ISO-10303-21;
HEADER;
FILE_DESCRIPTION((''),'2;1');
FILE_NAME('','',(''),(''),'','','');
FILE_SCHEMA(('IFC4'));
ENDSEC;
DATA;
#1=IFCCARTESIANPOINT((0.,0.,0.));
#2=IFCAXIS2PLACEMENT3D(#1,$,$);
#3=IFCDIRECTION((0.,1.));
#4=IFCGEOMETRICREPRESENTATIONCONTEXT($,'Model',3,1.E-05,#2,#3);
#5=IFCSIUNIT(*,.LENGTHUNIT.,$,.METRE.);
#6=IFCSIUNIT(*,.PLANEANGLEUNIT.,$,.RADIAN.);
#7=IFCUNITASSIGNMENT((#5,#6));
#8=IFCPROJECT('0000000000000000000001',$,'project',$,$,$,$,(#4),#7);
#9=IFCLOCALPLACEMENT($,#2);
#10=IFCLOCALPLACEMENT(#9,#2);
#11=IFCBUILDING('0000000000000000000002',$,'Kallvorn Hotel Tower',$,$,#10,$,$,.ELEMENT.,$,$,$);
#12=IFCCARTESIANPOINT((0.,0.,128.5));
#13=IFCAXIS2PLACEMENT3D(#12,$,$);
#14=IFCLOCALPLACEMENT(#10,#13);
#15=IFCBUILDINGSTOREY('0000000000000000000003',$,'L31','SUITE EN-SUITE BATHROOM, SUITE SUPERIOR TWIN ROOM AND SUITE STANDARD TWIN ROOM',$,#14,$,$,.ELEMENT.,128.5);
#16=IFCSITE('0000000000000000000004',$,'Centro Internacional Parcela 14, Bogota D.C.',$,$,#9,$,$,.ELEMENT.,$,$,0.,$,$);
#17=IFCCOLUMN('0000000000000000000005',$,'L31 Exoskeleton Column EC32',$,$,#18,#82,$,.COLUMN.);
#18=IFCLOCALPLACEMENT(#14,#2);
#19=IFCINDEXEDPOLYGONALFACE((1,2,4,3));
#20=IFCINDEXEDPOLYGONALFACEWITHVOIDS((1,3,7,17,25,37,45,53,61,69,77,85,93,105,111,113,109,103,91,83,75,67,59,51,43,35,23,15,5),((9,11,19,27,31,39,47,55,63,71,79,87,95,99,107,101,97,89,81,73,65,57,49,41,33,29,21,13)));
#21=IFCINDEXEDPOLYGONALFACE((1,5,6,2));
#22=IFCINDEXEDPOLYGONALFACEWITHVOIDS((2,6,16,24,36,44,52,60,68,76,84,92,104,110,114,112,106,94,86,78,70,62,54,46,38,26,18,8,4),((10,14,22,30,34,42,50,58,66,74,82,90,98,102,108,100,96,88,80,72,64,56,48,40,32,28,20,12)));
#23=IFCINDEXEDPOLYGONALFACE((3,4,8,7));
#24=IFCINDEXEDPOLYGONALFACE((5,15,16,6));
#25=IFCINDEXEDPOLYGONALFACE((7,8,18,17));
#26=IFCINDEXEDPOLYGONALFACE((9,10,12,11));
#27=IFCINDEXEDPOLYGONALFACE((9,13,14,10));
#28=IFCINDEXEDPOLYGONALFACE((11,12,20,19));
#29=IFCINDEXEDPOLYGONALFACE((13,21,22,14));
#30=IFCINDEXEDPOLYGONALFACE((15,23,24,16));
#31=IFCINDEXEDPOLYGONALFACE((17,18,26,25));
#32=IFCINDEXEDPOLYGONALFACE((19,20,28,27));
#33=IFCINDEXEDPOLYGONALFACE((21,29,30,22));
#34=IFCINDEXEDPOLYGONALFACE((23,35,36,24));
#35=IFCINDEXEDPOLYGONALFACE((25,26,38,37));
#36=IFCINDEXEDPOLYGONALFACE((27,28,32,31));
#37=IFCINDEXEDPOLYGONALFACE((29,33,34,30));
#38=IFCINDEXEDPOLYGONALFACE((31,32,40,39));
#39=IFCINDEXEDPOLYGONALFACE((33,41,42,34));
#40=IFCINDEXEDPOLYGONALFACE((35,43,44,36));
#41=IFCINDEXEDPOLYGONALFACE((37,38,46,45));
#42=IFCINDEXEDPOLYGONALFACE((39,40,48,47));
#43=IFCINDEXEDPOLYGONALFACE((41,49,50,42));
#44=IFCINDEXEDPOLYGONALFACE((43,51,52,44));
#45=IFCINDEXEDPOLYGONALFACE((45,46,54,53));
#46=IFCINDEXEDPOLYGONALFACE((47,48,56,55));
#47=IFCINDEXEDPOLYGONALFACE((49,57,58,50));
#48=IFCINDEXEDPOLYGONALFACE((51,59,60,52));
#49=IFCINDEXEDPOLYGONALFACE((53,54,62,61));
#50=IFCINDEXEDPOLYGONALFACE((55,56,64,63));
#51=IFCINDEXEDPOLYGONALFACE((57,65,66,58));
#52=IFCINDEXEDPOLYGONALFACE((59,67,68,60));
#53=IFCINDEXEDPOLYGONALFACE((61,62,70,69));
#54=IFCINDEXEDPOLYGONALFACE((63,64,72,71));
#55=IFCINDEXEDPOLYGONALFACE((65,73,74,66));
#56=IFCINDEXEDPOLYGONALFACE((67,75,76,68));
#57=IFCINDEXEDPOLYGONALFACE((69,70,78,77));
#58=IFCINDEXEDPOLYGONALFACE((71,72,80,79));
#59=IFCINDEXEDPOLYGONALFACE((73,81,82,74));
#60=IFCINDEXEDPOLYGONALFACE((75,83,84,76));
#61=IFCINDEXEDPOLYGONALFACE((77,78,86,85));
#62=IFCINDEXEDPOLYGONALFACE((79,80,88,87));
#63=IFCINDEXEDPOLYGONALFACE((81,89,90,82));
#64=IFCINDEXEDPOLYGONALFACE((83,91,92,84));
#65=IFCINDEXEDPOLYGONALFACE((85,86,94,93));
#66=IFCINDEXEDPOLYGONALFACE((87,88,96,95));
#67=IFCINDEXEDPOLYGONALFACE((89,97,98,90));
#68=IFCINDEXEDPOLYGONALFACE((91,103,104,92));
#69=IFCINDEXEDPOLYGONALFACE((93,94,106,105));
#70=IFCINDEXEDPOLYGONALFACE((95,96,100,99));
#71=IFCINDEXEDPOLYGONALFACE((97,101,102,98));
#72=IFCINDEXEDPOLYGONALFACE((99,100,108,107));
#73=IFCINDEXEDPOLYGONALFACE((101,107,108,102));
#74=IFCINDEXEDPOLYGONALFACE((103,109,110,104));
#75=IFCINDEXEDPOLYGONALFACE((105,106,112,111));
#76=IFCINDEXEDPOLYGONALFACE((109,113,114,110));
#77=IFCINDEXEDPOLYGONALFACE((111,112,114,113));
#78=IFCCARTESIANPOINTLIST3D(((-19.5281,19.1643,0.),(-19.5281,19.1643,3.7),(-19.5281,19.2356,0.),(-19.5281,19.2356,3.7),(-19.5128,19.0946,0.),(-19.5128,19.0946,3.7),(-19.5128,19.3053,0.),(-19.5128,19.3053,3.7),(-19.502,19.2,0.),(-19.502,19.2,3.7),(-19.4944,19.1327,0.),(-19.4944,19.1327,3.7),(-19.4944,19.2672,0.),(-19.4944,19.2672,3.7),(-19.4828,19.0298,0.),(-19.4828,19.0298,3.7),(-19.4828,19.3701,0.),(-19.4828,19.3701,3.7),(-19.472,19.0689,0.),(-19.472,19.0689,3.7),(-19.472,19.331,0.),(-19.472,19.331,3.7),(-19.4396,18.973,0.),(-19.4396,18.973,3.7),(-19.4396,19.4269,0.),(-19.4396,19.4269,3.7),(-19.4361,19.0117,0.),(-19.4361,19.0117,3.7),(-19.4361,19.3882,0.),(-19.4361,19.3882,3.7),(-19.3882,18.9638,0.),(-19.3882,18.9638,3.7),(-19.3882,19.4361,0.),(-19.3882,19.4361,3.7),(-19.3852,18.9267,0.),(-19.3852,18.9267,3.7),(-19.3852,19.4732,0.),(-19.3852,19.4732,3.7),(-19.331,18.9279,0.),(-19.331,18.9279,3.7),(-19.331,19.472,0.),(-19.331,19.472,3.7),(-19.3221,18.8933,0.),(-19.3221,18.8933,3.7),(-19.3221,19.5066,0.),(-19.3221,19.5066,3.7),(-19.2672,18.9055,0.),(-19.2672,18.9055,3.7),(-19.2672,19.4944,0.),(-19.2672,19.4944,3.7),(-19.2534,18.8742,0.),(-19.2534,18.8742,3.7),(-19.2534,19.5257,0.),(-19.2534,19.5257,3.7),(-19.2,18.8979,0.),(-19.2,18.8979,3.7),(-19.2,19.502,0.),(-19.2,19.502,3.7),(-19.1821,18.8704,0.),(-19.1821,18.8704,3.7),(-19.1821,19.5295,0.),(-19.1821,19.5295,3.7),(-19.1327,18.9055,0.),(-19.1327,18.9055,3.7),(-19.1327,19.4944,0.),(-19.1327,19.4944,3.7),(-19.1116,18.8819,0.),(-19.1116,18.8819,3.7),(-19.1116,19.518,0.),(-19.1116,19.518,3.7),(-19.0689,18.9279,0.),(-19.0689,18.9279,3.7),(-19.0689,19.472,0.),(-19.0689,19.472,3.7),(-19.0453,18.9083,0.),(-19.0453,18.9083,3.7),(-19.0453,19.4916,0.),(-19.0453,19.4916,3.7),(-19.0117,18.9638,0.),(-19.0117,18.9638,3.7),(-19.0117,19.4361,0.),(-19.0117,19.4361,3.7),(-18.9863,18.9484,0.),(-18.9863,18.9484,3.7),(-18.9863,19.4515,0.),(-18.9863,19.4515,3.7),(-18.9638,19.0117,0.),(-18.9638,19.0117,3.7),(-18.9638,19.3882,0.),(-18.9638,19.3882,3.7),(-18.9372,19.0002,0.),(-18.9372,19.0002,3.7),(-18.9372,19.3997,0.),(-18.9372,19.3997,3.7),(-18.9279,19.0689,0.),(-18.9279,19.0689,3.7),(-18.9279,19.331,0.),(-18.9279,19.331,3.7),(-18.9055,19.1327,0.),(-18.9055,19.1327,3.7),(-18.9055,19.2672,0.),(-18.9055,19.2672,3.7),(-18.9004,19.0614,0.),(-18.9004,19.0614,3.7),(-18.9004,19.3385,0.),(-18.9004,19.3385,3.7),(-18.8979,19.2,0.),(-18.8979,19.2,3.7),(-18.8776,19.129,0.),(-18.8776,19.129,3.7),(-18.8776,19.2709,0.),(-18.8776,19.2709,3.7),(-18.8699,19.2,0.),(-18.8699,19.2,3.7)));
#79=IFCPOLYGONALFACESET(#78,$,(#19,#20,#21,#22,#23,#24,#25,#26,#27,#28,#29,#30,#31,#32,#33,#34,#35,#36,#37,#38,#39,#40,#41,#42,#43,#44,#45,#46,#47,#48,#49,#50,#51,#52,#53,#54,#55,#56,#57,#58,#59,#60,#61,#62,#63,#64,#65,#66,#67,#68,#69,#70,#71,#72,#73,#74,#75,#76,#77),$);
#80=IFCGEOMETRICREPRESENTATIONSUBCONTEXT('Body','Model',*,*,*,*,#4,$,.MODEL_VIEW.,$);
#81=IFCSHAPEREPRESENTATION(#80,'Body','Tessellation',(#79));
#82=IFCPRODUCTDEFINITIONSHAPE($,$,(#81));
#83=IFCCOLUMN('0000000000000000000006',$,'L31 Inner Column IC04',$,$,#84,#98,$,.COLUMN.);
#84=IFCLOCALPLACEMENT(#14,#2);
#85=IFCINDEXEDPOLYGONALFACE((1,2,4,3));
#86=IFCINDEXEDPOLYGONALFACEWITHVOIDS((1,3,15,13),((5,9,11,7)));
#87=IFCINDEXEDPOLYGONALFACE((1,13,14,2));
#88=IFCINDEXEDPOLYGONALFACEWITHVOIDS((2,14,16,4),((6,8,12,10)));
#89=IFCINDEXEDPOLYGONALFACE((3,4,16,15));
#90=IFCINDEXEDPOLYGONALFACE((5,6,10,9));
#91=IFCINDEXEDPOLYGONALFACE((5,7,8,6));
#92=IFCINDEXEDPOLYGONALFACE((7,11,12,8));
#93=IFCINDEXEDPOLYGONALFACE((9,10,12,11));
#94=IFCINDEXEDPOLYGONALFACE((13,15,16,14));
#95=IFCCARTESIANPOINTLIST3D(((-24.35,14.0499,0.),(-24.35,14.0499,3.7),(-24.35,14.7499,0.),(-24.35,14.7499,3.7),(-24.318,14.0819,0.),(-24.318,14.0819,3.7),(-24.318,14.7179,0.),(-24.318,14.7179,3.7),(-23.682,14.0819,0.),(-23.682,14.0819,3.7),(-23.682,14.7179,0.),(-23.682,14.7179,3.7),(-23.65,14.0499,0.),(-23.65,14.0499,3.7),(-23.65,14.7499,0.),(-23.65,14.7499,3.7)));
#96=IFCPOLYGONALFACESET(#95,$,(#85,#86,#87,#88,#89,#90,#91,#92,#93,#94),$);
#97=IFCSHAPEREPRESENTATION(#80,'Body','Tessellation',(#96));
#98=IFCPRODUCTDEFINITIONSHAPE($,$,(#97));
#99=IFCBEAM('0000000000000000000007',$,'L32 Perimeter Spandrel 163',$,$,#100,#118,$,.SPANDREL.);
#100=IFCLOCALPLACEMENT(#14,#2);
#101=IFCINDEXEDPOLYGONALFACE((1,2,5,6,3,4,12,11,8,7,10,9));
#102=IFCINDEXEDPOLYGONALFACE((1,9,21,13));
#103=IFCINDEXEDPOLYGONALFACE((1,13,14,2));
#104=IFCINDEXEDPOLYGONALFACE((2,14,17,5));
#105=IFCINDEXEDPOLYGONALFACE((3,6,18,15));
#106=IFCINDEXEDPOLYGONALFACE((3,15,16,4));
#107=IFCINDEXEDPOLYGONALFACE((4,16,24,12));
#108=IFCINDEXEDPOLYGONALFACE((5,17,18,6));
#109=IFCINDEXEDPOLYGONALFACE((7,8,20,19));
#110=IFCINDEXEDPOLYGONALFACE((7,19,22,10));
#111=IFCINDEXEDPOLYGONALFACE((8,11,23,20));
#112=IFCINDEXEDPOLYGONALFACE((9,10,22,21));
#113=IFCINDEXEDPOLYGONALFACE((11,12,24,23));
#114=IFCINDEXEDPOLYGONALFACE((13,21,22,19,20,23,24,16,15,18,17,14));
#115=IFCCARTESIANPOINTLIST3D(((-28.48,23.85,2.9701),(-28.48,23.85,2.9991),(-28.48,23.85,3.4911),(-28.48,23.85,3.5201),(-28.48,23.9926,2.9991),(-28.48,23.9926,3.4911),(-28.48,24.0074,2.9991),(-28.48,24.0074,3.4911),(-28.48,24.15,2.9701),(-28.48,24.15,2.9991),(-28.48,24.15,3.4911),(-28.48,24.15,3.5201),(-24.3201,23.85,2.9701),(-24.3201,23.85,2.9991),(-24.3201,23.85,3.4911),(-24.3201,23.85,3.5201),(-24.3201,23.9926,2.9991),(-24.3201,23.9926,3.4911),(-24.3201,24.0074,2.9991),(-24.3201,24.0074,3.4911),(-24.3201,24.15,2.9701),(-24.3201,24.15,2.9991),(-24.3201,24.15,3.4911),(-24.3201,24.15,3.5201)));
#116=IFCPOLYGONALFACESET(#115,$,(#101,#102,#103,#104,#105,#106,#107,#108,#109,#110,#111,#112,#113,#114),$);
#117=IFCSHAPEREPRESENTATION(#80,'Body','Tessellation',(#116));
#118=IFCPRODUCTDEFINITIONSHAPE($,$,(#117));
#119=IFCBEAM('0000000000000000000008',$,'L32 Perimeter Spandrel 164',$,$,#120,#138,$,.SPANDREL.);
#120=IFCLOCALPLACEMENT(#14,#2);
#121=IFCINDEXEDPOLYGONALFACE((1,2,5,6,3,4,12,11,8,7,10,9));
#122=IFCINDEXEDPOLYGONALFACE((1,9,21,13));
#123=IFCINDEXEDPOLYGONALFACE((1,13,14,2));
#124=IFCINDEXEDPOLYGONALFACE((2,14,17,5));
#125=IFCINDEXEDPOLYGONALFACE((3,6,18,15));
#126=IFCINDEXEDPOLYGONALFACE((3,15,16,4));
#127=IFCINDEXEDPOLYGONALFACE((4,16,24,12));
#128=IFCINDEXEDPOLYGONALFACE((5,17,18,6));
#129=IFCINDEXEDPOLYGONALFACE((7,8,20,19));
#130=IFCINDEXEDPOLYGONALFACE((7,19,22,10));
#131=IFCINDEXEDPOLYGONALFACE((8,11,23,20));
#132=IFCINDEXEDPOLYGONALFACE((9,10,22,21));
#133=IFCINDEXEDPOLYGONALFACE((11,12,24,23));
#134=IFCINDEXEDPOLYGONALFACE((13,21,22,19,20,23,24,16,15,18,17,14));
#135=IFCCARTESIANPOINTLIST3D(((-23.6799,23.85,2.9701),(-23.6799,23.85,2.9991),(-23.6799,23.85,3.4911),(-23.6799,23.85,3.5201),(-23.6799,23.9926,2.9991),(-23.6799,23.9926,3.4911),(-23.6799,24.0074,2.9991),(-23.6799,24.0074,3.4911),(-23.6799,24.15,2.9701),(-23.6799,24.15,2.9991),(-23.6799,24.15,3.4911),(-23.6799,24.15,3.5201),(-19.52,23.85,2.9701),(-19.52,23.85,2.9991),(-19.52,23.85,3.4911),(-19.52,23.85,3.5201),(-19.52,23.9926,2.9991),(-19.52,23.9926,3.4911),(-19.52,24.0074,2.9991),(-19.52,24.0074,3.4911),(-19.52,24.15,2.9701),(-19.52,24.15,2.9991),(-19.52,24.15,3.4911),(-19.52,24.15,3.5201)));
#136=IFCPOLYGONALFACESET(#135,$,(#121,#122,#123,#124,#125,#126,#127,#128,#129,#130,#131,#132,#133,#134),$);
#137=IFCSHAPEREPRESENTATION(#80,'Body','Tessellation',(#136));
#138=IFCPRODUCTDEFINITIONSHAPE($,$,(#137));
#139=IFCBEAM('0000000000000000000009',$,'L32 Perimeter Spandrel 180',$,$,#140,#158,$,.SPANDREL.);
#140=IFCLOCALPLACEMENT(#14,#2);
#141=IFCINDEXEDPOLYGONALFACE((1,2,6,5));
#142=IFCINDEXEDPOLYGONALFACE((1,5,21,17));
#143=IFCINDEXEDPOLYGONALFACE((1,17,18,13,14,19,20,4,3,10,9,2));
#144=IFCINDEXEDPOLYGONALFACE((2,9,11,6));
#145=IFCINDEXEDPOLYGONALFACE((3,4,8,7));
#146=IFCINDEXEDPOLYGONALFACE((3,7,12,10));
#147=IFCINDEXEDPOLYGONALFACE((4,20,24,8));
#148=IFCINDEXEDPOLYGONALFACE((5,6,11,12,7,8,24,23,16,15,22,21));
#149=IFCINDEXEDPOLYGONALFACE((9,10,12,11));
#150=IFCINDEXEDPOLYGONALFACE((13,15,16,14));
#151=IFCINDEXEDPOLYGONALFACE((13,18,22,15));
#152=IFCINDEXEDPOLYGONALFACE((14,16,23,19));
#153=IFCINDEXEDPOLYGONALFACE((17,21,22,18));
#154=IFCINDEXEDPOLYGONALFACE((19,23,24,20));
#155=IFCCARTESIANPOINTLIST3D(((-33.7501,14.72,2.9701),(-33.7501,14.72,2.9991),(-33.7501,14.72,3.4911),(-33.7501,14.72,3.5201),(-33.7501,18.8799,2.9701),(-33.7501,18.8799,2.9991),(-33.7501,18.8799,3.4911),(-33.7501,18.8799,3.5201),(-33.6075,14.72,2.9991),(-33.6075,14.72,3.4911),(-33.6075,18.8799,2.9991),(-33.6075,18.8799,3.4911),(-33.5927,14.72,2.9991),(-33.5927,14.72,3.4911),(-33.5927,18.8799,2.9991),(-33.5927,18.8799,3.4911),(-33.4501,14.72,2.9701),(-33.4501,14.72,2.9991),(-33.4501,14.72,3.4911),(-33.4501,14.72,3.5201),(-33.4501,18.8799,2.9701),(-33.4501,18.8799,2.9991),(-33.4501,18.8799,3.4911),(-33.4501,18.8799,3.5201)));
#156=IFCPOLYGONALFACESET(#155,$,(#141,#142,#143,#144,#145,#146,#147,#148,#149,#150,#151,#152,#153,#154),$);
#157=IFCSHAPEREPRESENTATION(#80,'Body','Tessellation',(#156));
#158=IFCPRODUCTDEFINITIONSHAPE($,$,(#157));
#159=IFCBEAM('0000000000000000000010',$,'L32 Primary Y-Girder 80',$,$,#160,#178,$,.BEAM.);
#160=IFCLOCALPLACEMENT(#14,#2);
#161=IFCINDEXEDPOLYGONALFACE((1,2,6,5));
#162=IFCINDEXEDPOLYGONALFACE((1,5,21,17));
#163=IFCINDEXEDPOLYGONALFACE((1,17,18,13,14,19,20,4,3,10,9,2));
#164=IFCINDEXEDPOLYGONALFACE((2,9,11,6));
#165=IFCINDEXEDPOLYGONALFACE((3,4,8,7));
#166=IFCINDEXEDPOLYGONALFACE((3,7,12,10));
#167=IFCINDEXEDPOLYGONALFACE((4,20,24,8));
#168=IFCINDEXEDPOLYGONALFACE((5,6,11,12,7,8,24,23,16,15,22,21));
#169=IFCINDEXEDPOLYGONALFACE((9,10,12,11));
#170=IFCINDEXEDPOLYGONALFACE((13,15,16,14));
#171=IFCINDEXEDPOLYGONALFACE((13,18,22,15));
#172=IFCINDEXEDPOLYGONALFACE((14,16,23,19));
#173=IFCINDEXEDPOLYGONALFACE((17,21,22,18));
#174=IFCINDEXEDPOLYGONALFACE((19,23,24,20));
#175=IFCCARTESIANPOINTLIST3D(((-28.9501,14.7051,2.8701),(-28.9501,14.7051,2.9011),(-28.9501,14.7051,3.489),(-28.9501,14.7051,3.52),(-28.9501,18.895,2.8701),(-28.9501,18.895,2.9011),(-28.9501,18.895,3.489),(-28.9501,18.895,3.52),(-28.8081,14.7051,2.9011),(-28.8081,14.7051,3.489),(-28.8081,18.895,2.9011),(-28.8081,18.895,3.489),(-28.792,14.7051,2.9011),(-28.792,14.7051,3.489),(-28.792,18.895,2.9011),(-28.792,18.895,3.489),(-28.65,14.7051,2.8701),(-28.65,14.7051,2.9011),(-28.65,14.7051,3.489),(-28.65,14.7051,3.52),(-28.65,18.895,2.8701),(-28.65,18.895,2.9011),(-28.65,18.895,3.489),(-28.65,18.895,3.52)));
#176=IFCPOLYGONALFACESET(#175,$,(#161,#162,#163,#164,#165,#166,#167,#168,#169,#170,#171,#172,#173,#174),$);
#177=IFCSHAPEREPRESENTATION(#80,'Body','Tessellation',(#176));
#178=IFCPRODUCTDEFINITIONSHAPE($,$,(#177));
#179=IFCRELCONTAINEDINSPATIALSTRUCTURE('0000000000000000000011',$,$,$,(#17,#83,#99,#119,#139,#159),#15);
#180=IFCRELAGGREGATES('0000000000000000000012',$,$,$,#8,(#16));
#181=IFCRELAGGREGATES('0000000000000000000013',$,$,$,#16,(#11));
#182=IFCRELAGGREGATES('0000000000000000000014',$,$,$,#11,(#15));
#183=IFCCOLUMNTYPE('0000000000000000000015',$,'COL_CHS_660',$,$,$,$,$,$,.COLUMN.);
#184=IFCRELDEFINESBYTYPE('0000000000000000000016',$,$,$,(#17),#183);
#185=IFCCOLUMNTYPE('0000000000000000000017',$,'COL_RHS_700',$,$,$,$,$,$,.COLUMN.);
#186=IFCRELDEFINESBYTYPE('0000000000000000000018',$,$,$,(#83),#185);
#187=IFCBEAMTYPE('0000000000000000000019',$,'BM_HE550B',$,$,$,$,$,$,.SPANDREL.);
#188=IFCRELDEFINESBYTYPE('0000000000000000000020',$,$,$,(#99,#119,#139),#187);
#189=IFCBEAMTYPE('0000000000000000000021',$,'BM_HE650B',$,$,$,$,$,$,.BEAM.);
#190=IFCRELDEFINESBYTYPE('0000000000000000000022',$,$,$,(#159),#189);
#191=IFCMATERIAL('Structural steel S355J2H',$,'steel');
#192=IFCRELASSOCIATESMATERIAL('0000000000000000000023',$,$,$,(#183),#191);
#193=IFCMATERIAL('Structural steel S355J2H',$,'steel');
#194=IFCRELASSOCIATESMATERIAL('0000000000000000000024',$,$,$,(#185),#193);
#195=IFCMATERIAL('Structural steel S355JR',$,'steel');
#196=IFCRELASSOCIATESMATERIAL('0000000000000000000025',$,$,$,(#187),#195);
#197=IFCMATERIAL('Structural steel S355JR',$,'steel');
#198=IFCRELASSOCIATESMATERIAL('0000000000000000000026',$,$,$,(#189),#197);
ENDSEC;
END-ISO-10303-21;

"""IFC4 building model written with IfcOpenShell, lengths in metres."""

from ifc_helpers import new_model, si_unit, direction, frame, origin, origin_2d, place, context, subcontext, project, spatial, hollow_rectangle, hollow_circle, i_section, extrude, material, material_profile, profile_set, type_object, element, save


model = new_model("IFC4")

# Units and contexts
model_context = context("Model", 3, precision=1e-05, world=origin(), true_north=direction((0.0, 1.0)))
body_context = subcontext(model_context, "Body", "Model", "MODEL_VIEW")
ifc_project = project(units=[si_unit("LENGTHUNIT", "METRE"), si_unit("PLANEANGLEUNIT", "RADIAN")], contexts=[model_context])

# Site, building, storey
site_placement = place(None, origin())
site = spatial("IfcSite", under=ifc_project, at=site_placement, Name="Centro Internacional Parcela 14, Bogota D.C.", CompositionType="ELEMENT", RefElevation=0.0)
building_placement = place(site_placement, origin())
building = spatial("IfcBuilding", under=site, at=building_placement, Name="Kallvorn Hotel Tower", CompositionType="ELEMENT")
storey_placement = place(building_placement, frame((0.0, 0.0, 128.5)))
storey = spatial("IfcBuildingStorey", under=building, at=storey_placement, Name="L31", Description="SUITE EN-SUITE BATHROOM, SUITE SUPERIOR TWIN ROOM AND SUITE STANDARD TWIN ROOM", CompositionType="ELEMENT", Elevation=128.5)

# Columns
ifc_material_1 = material(Name="Structural steel S355J2H", Category="steel")
ifc_material_profile_1 = material_profile(ifc_material_1, hollow_circle(Radius=0.3301, WallThickness=0.0281, at=origin_2d()), Name="CHS 660x28")
ifc_profile_set_1 = profile_set([ifc_material_profile_1], Name="Structural steel S355J2H")
column_type_1 = type_object("IfcColumnType", Name="COL_CHS_660", PredefinedType="COLUMN", material=ifc_profile_set_1)
for number, where, z_axis, x_axis, name in (
    (1, (-19.2, 19.2, 0.0), (0.0, 0.0, 1.0), (1.0, 0.0, 0.0), "L31 Exoskeleton Column EC32"),
):
    element("IfcColumn", number, at=place(storey_placement, frame(where, z_axis=z_axis, x_axis=x_axis)), inside=storey, type_object=column_type_1, Name=name, PredefinedType="COLUMN", context=body_context, shape_type="SweptSolid", body=[
        extrude(hollow_circle(Radius=0.3301, WallThickness=0.0281, at=origin_2d()), origin(), (0.0, 0.0, 1.0), 3.7),
    ])
ifc_material_2 = material(Name="Structural steel S355J2H", Category="steel")
ifc_material_profile_2 = material_profile(ifc_material_2, hollow_rectangle(XDim=0.7, YDim=0.7, WallThickness=0.032, at=origin_2d()), Name="RHS 700x700x32")
ifc_profile_set_2 = profile_set([ifc_material_profile_2], Name="Structural steel S355J2H")
column_type_2 = type_object("IfcColumnType", Name="COL_RHS_700", PredefinedType="COLUMN", material=ifc_profile_set_2)
column_placement = place(storey_placement, frame((-24.0, 14.3999, 0.0), z_axis=(0.0, 0.0, 1.0), x_axis=(1.0, 0.0, 0.0)))
element("IfcColumn", 2, at=column_placement, inside=storey, type_object=column_type_2, Name="L31 Inner Column IC04", PredefinedType="COLUMN", context=body_context, shape_type="SweptSolid", body=[
    extrude(hollow_rectangle(XDim=0.7, YDim=0.7, WallThickness=0.032, at=origin_2d()), origin(), (0.0, 0.0, 1.0), 3.7),
])

# Beams
ifc_material_3 = material(Name="Structural steel S355JR", Category="steel")
ifc_material_profile_3 = material_profile(ifc_material_3, i_section(OverallWidth=0.3, OverallDepth=0.55, WebThickness=0.0149, FlangeThickness=0.0291, at=origin_2d()), Name="HE 550 B")
ifc_profile_set_3 = profile_set([ifc_material_profile_3], Name="Structural steel S355JR")
beam_type_1 = type_object("IfcBeamType", Name="BM_HE550B", PredefinedType="SPANDREL", material=ifc_profile_set_3)
for number, where, z_axis, x_axis, name in (
    (3, (-28.48, 24.0, 3.2451), (1.0, 0.0, 0.0), (0.0, 1.0, 0.0), "L32 Perimeter Spandrel 163"),
    (4, (-23.6799, 24.0, 3.2451), (1.0, 0.0, 0.0), (0.0, 1.0, 0.0), "L32 Perimeter Spandrel 164"),
    (5, (-33.6001, 14.72, 3.2451), (0.0, 1.0, 0.0), (-1.0, 0.0, 0.0), "L32 Perimeter Spandrel 180"),
):
    element("IfcBeam", number, at=place(storey_placement, frame(where, z_axis=z_axis, x_axis=x_axis)), inside=storey, type_object=beam_type_1, Name=name, PredefinedType="SPANDREL", context=body_context, shape_type="SweptSolid", body=[
        extrude(i_section(OverallWidth=0.3, OverallDepth=0.55, WebThickness=0.0149, FlangeThickness=0.0291, at=origin_2d()), origin(), (0.0, 0.0, 1.0), 4.1599),
    ])
ifc_material_4 = material(Name="Structural steel S355JR", Category="steel")
ifc_material_profile_4 = material_profile(ifc_material_4, i_section(OverallWidth=0.3, OverallDepth=0.6499, WebThickness=0.0161, FlangeThickness=0.031, at=origin_2d()), Name="HE 650 B")
ifc_profile_set_4 = profile_set([ifc_material_profile_4], Name="Structural steel S355JR")
beam_type_2 = type_object("IfcBeamType", Name="BM_HE650B", PredefinedType="BEAM", material=ifc_profile_set_4)
beam_1_placement = place(storey_placement, frame((-28.8, 14.7051, 3.1951), z_axis=(0.0, 1.0, 0.0), x_axis=(-1.0, 0.0, 0.0)))
element("IfcBeam", 6, at=beam_1_placement, inside=storey, type_object=beam_type_2, Name="L32 Primary Y-Girder 80", PredefinedType="BEAM", context=body_context, shape_type="SweptSolid", body=[
    extrude(i_section(OverallWidth=0.3, OverallDepth=0.6499, WebThickness=0.0161, FlangeThickness=0.031, at=origin_2d()), origin(), (0.0, 0.0, 1.0), 4.1899),
])

save(model, "model.ifc")
